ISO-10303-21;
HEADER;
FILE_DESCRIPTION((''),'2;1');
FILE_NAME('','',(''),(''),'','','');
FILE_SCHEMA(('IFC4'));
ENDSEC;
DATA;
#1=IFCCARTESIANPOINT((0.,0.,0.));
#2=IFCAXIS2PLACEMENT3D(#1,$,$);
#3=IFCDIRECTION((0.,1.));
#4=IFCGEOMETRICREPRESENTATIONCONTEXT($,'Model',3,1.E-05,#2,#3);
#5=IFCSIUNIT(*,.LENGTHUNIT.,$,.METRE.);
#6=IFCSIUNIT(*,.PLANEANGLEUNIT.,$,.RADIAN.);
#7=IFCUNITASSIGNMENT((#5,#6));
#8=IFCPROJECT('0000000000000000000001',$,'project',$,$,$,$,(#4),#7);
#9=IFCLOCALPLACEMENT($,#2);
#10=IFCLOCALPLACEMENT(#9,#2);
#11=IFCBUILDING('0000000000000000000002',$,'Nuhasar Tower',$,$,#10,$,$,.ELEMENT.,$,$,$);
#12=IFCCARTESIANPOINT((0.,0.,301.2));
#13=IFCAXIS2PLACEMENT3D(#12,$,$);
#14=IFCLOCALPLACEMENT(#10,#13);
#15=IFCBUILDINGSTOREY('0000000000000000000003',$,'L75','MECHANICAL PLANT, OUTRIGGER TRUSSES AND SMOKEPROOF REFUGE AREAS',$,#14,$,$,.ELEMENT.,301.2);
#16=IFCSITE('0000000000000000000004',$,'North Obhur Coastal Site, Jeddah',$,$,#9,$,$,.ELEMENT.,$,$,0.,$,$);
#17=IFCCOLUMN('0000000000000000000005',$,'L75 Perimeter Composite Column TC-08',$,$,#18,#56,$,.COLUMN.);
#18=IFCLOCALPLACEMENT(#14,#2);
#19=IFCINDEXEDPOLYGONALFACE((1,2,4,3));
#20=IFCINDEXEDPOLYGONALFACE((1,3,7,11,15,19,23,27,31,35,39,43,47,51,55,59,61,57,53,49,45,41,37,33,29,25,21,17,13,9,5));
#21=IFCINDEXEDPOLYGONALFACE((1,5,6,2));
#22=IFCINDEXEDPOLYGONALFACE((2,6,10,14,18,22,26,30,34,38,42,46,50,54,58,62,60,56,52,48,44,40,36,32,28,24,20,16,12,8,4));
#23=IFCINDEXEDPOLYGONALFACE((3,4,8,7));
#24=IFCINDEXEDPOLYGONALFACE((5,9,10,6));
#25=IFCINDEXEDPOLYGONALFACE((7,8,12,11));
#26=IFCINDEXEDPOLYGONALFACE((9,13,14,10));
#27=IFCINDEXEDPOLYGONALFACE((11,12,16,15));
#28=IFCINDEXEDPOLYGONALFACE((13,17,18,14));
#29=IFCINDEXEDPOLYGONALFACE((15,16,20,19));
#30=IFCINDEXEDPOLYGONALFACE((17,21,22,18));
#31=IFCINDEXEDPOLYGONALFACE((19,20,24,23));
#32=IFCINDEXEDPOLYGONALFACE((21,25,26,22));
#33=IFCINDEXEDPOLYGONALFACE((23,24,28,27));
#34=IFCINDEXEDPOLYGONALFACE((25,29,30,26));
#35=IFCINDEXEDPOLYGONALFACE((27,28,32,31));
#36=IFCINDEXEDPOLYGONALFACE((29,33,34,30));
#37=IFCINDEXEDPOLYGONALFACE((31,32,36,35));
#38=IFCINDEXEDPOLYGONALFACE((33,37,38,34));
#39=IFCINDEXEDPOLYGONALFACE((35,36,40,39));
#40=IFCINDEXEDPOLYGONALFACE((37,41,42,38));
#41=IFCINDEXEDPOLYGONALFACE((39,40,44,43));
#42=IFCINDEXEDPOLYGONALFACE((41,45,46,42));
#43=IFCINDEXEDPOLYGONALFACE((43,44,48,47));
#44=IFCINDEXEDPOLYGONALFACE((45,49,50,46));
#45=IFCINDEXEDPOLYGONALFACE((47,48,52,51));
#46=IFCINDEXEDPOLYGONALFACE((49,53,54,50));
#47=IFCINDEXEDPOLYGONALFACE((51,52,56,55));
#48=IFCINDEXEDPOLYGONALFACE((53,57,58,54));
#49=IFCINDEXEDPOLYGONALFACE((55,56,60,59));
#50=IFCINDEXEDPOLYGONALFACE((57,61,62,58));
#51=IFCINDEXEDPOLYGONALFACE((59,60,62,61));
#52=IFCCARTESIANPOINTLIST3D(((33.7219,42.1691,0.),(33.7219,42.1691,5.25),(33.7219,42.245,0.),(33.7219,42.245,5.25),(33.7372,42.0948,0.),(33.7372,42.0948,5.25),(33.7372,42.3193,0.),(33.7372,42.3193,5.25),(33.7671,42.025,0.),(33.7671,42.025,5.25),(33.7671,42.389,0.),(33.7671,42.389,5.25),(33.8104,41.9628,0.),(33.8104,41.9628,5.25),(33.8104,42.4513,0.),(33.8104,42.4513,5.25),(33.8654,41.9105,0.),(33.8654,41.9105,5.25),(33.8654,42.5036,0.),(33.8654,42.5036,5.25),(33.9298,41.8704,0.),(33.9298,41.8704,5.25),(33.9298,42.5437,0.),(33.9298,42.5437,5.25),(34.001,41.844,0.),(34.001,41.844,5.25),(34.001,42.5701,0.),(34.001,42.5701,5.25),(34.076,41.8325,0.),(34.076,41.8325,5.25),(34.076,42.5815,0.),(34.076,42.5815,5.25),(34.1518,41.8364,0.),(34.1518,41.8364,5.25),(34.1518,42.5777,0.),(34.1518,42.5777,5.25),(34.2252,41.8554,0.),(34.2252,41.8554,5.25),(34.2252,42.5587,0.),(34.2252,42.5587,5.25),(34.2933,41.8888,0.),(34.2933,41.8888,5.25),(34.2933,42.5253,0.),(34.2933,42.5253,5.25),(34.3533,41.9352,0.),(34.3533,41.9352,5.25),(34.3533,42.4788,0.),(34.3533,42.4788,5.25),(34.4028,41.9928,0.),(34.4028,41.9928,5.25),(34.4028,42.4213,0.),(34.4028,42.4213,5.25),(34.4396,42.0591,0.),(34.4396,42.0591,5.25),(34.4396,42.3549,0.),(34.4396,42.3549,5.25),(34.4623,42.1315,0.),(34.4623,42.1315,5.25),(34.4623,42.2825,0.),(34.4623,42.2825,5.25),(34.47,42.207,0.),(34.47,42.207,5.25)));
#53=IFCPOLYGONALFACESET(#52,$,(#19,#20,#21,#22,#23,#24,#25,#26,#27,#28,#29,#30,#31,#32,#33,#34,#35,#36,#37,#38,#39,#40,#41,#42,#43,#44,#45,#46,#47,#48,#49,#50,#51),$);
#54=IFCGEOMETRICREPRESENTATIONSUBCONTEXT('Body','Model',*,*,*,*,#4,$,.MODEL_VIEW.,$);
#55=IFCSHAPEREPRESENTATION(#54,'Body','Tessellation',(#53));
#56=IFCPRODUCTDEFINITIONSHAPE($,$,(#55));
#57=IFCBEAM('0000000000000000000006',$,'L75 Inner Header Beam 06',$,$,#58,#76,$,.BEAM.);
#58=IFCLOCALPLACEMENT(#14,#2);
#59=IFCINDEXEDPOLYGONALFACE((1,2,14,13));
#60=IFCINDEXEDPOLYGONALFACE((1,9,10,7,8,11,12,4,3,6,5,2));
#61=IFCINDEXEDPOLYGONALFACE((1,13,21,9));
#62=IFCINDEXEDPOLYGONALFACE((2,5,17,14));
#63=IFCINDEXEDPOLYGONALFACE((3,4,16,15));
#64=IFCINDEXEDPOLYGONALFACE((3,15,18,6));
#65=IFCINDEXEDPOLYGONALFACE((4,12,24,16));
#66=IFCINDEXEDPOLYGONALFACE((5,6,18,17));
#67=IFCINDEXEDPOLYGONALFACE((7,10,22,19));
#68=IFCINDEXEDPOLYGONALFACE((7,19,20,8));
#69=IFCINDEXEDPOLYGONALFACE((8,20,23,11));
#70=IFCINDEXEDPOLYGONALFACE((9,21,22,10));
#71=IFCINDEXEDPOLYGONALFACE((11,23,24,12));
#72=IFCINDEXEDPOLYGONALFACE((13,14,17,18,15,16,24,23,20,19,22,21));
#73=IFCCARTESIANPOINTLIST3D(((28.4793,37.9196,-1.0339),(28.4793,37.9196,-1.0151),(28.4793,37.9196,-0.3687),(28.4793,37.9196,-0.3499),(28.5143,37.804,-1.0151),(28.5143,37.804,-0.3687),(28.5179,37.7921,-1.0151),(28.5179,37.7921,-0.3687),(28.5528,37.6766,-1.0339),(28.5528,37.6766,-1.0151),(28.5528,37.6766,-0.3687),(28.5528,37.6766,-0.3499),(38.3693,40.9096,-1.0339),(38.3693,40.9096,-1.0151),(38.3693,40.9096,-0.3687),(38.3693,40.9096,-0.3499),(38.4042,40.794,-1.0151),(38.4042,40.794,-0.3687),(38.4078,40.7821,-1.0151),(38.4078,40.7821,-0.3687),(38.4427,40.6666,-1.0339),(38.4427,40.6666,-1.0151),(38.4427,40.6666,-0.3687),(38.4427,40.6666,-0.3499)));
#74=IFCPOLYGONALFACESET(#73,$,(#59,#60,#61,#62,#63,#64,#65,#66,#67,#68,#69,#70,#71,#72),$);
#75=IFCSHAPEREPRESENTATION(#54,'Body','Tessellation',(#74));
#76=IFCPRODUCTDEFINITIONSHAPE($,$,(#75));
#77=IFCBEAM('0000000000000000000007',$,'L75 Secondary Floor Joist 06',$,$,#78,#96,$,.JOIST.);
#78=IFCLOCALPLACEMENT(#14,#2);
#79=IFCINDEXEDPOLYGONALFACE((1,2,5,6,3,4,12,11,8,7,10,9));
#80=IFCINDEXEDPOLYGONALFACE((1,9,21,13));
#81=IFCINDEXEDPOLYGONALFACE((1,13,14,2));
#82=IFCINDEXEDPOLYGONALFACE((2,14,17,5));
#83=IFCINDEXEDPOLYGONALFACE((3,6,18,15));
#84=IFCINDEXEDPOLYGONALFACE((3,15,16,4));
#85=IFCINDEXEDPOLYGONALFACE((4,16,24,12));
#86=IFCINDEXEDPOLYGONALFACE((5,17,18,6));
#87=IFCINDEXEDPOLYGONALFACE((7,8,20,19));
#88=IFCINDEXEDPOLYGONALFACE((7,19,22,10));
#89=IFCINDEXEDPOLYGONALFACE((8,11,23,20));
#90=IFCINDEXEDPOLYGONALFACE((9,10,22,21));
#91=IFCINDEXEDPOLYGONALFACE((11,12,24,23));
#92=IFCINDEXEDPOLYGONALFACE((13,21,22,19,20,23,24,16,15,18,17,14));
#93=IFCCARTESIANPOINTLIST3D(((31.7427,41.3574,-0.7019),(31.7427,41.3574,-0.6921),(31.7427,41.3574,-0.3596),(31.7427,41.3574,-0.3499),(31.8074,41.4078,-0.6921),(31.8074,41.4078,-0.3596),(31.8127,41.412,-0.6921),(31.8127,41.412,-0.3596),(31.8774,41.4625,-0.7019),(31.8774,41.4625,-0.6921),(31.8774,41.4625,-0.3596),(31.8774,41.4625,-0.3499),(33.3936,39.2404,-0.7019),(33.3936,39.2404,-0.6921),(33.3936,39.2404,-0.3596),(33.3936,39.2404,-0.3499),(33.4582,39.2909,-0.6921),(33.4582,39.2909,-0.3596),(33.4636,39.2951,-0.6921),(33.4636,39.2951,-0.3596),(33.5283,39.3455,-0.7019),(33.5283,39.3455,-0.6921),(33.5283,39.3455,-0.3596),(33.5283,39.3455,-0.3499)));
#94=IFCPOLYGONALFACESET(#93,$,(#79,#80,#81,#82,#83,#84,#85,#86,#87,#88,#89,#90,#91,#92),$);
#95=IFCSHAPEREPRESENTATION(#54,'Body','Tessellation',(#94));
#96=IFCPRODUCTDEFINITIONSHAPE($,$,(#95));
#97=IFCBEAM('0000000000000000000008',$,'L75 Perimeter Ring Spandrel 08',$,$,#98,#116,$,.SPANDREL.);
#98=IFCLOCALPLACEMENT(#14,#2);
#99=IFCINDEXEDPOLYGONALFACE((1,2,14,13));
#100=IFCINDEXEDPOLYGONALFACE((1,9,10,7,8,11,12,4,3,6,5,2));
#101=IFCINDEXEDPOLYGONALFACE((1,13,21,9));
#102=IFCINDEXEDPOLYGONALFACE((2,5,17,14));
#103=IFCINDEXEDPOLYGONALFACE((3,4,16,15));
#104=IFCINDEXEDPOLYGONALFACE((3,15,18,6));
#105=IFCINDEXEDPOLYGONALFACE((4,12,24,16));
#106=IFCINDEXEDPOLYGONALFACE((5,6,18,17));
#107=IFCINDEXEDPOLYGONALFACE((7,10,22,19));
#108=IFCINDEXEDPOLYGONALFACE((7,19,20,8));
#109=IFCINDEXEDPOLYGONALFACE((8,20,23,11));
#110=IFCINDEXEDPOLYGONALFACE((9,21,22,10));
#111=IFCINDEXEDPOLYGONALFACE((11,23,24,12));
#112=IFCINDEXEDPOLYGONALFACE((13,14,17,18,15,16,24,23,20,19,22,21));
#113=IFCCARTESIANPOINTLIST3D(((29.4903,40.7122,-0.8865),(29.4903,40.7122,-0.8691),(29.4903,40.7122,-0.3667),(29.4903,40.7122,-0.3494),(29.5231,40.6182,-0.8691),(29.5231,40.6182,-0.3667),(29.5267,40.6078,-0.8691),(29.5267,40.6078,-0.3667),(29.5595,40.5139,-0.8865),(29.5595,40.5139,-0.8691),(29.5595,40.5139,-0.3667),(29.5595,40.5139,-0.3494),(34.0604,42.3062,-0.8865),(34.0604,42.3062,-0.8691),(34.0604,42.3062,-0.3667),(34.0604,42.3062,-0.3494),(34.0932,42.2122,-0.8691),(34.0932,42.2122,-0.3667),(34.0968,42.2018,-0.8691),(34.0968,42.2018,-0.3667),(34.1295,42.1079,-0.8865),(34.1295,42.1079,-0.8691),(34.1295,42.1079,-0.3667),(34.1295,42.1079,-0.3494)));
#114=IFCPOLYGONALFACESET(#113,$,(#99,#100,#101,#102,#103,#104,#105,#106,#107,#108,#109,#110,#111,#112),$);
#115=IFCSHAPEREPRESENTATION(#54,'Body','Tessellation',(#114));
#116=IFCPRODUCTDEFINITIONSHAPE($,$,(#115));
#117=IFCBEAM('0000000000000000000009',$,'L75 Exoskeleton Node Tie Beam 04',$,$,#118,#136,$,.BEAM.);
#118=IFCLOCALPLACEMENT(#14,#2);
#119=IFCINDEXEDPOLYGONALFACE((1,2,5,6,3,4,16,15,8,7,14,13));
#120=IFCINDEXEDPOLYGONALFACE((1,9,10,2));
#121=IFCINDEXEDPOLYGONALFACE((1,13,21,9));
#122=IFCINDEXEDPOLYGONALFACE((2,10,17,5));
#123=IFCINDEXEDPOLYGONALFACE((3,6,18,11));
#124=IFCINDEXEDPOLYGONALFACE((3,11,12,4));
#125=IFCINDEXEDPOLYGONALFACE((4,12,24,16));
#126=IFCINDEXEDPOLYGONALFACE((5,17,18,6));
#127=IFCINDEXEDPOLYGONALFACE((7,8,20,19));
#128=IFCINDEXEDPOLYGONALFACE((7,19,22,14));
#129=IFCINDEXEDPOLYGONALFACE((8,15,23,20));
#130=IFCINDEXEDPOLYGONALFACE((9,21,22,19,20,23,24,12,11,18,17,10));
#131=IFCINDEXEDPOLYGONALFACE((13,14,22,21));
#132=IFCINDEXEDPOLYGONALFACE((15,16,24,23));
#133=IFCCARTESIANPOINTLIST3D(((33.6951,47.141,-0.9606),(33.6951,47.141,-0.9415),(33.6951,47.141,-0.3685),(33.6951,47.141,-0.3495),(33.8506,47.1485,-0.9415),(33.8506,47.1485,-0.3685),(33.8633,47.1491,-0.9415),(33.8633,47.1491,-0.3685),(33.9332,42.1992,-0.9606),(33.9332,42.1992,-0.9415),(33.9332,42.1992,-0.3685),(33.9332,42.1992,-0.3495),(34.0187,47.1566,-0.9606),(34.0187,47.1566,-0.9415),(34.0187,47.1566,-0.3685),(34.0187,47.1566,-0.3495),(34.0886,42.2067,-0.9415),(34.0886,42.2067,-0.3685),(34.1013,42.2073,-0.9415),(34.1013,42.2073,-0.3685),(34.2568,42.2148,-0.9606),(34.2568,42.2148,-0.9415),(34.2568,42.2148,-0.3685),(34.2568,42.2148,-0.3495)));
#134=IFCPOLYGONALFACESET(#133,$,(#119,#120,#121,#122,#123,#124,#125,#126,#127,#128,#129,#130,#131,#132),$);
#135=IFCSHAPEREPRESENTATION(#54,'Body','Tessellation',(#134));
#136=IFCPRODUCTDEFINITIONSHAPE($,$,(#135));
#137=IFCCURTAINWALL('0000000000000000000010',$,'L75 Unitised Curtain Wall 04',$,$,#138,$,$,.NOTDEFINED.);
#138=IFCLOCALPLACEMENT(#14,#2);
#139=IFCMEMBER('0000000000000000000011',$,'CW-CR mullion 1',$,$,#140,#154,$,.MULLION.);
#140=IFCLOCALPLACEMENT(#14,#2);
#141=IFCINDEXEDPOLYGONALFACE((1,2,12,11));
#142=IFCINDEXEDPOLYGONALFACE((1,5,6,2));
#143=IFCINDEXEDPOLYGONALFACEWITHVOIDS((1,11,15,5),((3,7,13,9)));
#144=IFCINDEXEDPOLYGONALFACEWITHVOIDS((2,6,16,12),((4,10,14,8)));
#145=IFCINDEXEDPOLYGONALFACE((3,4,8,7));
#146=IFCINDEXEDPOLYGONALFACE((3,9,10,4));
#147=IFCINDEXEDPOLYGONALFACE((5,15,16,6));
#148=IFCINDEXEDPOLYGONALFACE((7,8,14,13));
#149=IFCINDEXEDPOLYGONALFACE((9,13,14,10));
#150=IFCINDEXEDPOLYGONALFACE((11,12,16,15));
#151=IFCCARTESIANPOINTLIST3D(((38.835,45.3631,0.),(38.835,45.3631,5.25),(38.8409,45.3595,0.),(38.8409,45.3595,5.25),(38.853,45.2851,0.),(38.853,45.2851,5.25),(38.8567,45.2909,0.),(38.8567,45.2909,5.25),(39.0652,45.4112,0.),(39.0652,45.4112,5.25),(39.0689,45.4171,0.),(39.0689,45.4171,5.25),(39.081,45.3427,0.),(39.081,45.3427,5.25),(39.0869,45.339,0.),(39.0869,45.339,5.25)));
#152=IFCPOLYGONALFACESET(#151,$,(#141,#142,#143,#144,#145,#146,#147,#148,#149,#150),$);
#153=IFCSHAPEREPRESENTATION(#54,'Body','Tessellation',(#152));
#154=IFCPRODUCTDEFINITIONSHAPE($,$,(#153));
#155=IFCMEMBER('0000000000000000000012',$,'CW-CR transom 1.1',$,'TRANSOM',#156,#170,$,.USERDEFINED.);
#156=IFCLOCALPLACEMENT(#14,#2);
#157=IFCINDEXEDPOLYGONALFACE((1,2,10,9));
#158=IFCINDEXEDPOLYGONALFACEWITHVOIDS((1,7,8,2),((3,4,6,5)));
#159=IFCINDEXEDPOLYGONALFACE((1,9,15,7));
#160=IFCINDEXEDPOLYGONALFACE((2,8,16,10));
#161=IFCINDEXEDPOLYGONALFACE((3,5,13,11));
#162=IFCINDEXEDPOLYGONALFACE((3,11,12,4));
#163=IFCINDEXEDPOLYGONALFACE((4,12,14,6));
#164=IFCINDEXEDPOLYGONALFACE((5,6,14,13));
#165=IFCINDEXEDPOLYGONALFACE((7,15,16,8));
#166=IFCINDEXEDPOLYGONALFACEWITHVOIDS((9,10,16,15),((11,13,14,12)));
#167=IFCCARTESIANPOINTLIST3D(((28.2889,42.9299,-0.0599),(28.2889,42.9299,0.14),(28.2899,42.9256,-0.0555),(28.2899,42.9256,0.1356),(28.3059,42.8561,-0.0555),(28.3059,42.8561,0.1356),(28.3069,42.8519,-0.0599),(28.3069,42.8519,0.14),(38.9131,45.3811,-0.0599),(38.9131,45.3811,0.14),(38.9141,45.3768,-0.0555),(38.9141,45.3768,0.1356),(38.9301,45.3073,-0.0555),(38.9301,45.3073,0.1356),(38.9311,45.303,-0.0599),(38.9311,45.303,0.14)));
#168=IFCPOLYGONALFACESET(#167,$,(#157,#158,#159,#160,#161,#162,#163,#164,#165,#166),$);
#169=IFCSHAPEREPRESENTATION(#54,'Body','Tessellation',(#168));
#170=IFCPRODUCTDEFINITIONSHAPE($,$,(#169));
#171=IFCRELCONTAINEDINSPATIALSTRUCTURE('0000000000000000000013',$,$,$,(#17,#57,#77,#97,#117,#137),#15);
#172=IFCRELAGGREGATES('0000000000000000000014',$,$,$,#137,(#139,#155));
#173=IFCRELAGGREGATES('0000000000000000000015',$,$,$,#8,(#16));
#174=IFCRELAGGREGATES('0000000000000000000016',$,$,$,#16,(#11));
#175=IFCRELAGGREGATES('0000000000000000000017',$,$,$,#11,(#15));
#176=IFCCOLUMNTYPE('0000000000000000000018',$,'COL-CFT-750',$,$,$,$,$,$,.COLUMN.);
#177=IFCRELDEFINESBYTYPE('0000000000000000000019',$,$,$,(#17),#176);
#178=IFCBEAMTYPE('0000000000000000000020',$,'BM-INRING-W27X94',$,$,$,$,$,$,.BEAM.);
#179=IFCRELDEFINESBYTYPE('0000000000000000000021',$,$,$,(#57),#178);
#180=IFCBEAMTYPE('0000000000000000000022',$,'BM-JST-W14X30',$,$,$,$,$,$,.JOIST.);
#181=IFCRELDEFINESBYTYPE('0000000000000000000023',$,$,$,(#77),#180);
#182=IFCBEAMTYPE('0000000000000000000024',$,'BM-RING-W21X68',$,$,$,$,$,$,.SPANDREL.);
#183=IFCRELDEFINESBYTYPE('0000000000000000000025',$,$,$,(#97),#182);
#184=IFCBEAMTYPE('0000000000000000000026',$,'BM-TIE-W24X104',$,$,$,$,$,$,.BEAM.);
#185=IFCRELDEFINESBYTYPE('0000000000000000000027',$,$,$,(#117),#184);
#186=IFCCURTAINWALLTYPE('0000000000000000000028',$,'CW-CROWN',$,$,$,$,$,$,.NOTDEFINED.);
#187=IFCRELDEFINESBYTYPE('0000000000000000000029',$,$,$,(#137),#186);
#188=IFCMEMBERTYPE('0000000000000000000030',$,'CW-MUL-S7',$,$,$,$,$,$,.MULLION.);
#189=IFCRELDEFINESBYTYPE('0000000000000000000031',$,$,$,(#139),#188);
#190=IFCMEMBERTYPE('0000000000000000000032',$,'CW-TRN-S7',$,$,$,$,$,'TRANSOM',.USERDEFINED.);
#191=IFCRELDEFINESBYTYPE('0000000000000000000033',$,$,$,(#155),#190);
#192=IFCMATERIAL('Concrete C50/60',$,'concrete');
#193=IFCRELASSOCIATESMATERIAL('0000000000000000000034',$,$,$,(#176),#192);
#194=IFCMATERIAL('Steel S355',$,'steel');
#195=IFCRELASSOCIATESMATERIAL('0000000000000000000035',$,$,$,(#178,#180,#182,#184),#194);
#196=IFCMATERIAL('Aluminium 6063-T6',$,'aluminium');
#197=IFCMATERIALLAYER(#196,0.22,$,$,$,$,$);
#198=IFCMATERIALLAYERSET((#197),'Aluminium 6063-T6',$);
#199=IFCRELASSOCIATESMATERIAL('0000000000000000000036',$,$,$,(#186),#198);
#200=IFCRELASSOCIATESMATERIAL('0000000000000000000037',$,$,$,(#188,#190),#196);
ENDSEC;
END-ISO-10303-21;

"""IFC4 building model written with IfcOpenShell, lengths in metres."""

from ifc_helpers import new_model, si_unit, direction, frame, origin, origin_2d, place, context, subcontext, project, spatial, hollow_rectangle, circle, i_section, extrude, material, layer, layer_set, material_profile, profile_set, type_object, element, aggregate, save


model = new_model("IFC4")

# Units and contexts
model_context = context("Model", 3, precision=1e-05, world=origin(), true_north=direction((0.0, 1.0)))
body_context = subcontext(model_context, "Body", "Model", "MODEL_VIEW")
ifc_project = project(units=[si_unit("LENGTHUNIT", "METRE"), si_unit("PLANEANGLEUNIT", "RADIAN")], contexts=[model_context])

# Site, building, storey
site_placement = place(None, origin())
site = spatial("IfcSite", under=ifc_project, at=site_placement, Name="North Obhur Coastal Site, Jeddah", CompositionType="ELEMENT", RefElevation=0.0)
building_placement = place(site_placement, origin())
building = spatial("IfcBuilding", under=site, at=building_placement, Name="Nuhasar Tower", CompositionType="ELEMENT")
storey_placement = place(building_placement, frame((0.0, 0.0, 301.2)))
storey = spatial("IfcBuildingStorey", under=building, at=storey_placement, Name="L75", Description="MECHANICAL PLANT, OUTRIGGER TRUSSES AND SMOKEPROOF REFUGE AREAS", CompositionType="ELEMENT", Elevation=301.2)

# Column
ifc_material_1 = material(Name="Concrete C50/60", Category="concrete")
ifc_material_profile_1 = material_profile(ifc_material_1, circle(Radius=0.375, at=origin_2d()), Name="CFT750")
ifc_profile_set_1 = profile_set([ifc_material_profile_1], Name="Concrete C50/60")
column_type = type_object("IfcColumnType", Name="COL-CFT-750", PredefinedType="COLUMN", material=ifc_profile_set_1)
column_placement = place(storey_placement, frame((34.095, 42.207, 0.0), z_axis=(0.0, 0.0, 1.0), x_axis=(1.0, 0.0, 0.0)))
element("IfcColumn", 1, at=column_placement, inside=storey, type_object=column_type, Name="L75 Perimeter Composite Column TC-08", PredefinedType="COLUMN", context=body_context, shape_type="SweptSolid", body=[
    extrude(circle(Radius=0.375, at=origin_2d()), origin(), (0.0, 0.0, 1.0), 5.25),
])

# Beams
ifc_material_2 = material(Name="Steel S355", Category="steel")
ifc_material_profile_2 = material_profile(ifc_material_2, i_section(OverallWidth=0.2539, OverallDepth=0.6841, WebThickness=0.0125, FlangeThickness=0.0188, at=origin_2d()), Name="W27X94")
ifc_profile_set_2 = profile_set([ifc_material_profile_2], Name="Steel S355")
beam_type_1 = type_object("IfcBeamType", Name="BM-INRING-W27X94", PredefinedType="BEAM", material=ifc_profile_set_2)
beam_1_placement = place(storey_placement, frame((38.406, 40.7881, -0.6919), z_axis=(-0.957211, -0.289392, 0.0), x_axis=(0.289392, -0.957211, 0.0)))
element("IfcBeam", 2, at=beam_1_placement, inside=storey, type_object=beam_type_1, Name="L75 Inner Header Beam 06", PredefinedType="BEAM", context=body_context, shape_type="SweptSolid", body=[
    extrude(i_section(OverallWidth=0.2539, OverallDepth=0.6841, WebThickness=0.0125, FlangeThickness=0.0188, at=origin_2d()), origin(), (0.0, 0.0, 1.0), 10.332),
])
ifc_material_profile_3 = material_profile(ifc_material_2, i_section(OverallWidth=0.1709, OverallDepth=0.3521, WebThickness=0.0068, FlangeThickness=0.0098, at=origin_2d()), Name="W14X30")
ifc_profile_set_3 = profile_set([ifc_material_profile_3], Name="Steel S355")
beam_type_2 = type_object("IfcBeamType", Name="BM-JST-W14X30", PredefinedType="JOIST", material=ifc_profile_set_3)
beam_2_placement = place(storey_placement, frame((33.4609, 39.293, -0.5259), z_axis=(-0.614954, 0.788563, 0.0), x_axis=(-0.788563, -0.614954, 0.0)))
element("IfcBeam", 3, at=beam_2_placement, inside=storey, type_object=beam_type_2, Name="L75 Secondary Floor Joist 06", PredefinedType="JOIST", context=body_context, shape_type="SweptSolid", body=[
    extrude(i_section(OverallWidth=0.1709, OverallDepth=0.3521, WebThickness=0.0068, FlangeThickness=0.0098, at=origin_2d()), origin(), (0.0, 0.0, 1.0), 2.6846),
])
ifc_material_profile_4 = material_profile(ifc_material_2, i_section(OverallWidth=0.21, OverallDepth=0.5371, WebThickness=0.011, FlangeThickness=0.0173, at=origin_2d()), Name="W21X68")
ifc_profile_set_4 = profile_set([ifc_material_profile_4], Name="Steel S355")
beam_type_3 = type_object("IfcBeamType", Name="BM-RING-W21X68", PredefinedType="SPANDREL", material=ifc_profile_set_4)
beam_3_placement = place(storey_placement, frame((34.095, 42.207, -0.6179), z_axis=(-0.944214, -0.329332, 0.0), x_axis=(0.329332, -0.944214, 0.0)))
element("IfcBeam", 4, at=beam_3_placement, inside=storey, type_object=beam_type_3, Name="L75 Perimeter Ring Spandrel 08", PredefinedType="SPANDREL", context=body_context, shape_type="SweptSolid", body=[
    extrude(i_section(OverallWidth=0.21, OverallDepth=0.5371, WebThickness=0.011, FlangeThickness=0.0173, at=origin_2d()), origin(), (0.0, 0.0, 1.0), 4.8401),
])
ifc_material_profile_5 = material_profile(ifc_material_2, i_section(OverallWidth=0.324, OverallDepth=0.6111, WebThickness=0.0127, FlangeThickness=0.019, at=origin_2d()), Name="W24X104")
ifc_profile_set_5 = profile_set([ifc_material_profile_5], Name="Steel S355")
beam_type_4 = type_object("IfcBeamType", Name="BM-TIE-W24X104", PredefinedType="BEAM", material=ifc_profile_set_5)
beam_4_placement = place(storey_placement, frame((34.095, 42.207, -0.655), z_axis=(-0.048111, 0.998842, 0.0), x_axis=(-0.998842, -0.048111, 0.0)))
element("IfcBeam", 5, at=beam_4_placement, inside=storey, type_object=beam_type_4, Name="L75 Exoskeleton Node Tie Beam 04", PredefinedType="BEAM", context=body_context, shape_type="SweptSolid", body=[
    extrude(i_section(OverallWidth=0.324, OverallDepth=0.6111, WebThickness=0.0127, FlangeThickness=0.019, at=origin_2d()), origin(), (0.0, 0.0, 1.0), 4.9475),
])

# Curtain wall, members
ifc_material_3 = material(Name="Aluminium 6063-T6", Category="aluminium")
ifc_layer_1 = layer(ifc_material_3, 0.22)
ifc_layer_set_1 = layer_set([ifc_layer_1], Name="Aluminium 6063-T6")
curtain_wall_type = type_object("IfcCurtainWallType", Name="CW-CROWN", PredefinedType="NOTDEFINED", material=ifc_layer_set_1)
curtain_wall_placement = place(storey_placement, origin())
curtain_wall = element("IfcCurtainWall", 6, at=curtain_wall_placement, inside=storey, type_object=curtain_wall_type, Name="L75 Unitised Curtain Wall 04", PredefinedType="NOTDEFINED")
ifc_material_profile_6 = material_profile(ifc_material_3, hollow_rectangle(XDim=0.0801, YDim=0.24, WallThickness=0.0049, at=origin_2d()), Name="CWM-7")
ifc_profile_set_6 = profile_set([ifc_material_profile_6], Name="Aluminium 6063-T6")
member_type_1 = type_object("IfcMemberType", Name="CW-MUL-S7", PredefinedType="MULLION", material=ifc_profile_set_6)
member_1_placement = place(storey_placement, frame((38.9609, 45.3511, 0.0), z_axis=(0.0, 0.0, 1.0), x_axis=(0.2248, -0.974405, 0.0)))
member_1 = element("IfcMember", 7, at=member_1_placement, type_object=member_type_1, Name="CW-CR mullion 1", PredefinedType="MULLION", context=body_context, shape_type="SweptSolid", body=[
    extrude(hollow_rectangle(XDim=0.0801, YDim=0.24, WallThickness=0.0049, at=origin_2d()), origin(), (0.0, 0.0, 1.0), 5.25),
])
ifc_material_profile_7 = material_profile(ifc_material_3, hollow_rectangle(XDim=0.0801, YDim=0.2, WallThickness=0.0044, at=origin_2d()), Name="CWT-7")
ifc_profile_set_7 = profile_set([ifc_material_profile_7], Name="Aluminium 6063-T6")
member_type_2 = type_object("IfcMemberType", Name="CW-TRN-S7", ElementType="TRANSOM", PredefinedType="USERDEFINED", material=ifc_profile_set_7)
member_2_placement = place(storey_placement, frame((38.9221, 45.342, 0.04), z_axis=(-0.974403, -0.224809, 0.0), x_axis=(0.224809, -0.974403, 0.0)))
member_2 = element("IfcMember", 8, at=member_2_placement, type_object=member_type_2, Name="CW-CR transom 1.1", ObjectType="TRANSOM", PredefinedType="USERDEFINED", context=body_context, shape_type="SweptSolid", body=[
    extrude(hollow_rectangle(XDim=0.0801, YDim=0.2, WallThickness=0.0044, at=origin_2d()), origin(), (0.0, 0.0, 1.0), 10.9033),
])

aggregate(curtain_wall, [member_1, member_2])

save(model, "model.ifc")
